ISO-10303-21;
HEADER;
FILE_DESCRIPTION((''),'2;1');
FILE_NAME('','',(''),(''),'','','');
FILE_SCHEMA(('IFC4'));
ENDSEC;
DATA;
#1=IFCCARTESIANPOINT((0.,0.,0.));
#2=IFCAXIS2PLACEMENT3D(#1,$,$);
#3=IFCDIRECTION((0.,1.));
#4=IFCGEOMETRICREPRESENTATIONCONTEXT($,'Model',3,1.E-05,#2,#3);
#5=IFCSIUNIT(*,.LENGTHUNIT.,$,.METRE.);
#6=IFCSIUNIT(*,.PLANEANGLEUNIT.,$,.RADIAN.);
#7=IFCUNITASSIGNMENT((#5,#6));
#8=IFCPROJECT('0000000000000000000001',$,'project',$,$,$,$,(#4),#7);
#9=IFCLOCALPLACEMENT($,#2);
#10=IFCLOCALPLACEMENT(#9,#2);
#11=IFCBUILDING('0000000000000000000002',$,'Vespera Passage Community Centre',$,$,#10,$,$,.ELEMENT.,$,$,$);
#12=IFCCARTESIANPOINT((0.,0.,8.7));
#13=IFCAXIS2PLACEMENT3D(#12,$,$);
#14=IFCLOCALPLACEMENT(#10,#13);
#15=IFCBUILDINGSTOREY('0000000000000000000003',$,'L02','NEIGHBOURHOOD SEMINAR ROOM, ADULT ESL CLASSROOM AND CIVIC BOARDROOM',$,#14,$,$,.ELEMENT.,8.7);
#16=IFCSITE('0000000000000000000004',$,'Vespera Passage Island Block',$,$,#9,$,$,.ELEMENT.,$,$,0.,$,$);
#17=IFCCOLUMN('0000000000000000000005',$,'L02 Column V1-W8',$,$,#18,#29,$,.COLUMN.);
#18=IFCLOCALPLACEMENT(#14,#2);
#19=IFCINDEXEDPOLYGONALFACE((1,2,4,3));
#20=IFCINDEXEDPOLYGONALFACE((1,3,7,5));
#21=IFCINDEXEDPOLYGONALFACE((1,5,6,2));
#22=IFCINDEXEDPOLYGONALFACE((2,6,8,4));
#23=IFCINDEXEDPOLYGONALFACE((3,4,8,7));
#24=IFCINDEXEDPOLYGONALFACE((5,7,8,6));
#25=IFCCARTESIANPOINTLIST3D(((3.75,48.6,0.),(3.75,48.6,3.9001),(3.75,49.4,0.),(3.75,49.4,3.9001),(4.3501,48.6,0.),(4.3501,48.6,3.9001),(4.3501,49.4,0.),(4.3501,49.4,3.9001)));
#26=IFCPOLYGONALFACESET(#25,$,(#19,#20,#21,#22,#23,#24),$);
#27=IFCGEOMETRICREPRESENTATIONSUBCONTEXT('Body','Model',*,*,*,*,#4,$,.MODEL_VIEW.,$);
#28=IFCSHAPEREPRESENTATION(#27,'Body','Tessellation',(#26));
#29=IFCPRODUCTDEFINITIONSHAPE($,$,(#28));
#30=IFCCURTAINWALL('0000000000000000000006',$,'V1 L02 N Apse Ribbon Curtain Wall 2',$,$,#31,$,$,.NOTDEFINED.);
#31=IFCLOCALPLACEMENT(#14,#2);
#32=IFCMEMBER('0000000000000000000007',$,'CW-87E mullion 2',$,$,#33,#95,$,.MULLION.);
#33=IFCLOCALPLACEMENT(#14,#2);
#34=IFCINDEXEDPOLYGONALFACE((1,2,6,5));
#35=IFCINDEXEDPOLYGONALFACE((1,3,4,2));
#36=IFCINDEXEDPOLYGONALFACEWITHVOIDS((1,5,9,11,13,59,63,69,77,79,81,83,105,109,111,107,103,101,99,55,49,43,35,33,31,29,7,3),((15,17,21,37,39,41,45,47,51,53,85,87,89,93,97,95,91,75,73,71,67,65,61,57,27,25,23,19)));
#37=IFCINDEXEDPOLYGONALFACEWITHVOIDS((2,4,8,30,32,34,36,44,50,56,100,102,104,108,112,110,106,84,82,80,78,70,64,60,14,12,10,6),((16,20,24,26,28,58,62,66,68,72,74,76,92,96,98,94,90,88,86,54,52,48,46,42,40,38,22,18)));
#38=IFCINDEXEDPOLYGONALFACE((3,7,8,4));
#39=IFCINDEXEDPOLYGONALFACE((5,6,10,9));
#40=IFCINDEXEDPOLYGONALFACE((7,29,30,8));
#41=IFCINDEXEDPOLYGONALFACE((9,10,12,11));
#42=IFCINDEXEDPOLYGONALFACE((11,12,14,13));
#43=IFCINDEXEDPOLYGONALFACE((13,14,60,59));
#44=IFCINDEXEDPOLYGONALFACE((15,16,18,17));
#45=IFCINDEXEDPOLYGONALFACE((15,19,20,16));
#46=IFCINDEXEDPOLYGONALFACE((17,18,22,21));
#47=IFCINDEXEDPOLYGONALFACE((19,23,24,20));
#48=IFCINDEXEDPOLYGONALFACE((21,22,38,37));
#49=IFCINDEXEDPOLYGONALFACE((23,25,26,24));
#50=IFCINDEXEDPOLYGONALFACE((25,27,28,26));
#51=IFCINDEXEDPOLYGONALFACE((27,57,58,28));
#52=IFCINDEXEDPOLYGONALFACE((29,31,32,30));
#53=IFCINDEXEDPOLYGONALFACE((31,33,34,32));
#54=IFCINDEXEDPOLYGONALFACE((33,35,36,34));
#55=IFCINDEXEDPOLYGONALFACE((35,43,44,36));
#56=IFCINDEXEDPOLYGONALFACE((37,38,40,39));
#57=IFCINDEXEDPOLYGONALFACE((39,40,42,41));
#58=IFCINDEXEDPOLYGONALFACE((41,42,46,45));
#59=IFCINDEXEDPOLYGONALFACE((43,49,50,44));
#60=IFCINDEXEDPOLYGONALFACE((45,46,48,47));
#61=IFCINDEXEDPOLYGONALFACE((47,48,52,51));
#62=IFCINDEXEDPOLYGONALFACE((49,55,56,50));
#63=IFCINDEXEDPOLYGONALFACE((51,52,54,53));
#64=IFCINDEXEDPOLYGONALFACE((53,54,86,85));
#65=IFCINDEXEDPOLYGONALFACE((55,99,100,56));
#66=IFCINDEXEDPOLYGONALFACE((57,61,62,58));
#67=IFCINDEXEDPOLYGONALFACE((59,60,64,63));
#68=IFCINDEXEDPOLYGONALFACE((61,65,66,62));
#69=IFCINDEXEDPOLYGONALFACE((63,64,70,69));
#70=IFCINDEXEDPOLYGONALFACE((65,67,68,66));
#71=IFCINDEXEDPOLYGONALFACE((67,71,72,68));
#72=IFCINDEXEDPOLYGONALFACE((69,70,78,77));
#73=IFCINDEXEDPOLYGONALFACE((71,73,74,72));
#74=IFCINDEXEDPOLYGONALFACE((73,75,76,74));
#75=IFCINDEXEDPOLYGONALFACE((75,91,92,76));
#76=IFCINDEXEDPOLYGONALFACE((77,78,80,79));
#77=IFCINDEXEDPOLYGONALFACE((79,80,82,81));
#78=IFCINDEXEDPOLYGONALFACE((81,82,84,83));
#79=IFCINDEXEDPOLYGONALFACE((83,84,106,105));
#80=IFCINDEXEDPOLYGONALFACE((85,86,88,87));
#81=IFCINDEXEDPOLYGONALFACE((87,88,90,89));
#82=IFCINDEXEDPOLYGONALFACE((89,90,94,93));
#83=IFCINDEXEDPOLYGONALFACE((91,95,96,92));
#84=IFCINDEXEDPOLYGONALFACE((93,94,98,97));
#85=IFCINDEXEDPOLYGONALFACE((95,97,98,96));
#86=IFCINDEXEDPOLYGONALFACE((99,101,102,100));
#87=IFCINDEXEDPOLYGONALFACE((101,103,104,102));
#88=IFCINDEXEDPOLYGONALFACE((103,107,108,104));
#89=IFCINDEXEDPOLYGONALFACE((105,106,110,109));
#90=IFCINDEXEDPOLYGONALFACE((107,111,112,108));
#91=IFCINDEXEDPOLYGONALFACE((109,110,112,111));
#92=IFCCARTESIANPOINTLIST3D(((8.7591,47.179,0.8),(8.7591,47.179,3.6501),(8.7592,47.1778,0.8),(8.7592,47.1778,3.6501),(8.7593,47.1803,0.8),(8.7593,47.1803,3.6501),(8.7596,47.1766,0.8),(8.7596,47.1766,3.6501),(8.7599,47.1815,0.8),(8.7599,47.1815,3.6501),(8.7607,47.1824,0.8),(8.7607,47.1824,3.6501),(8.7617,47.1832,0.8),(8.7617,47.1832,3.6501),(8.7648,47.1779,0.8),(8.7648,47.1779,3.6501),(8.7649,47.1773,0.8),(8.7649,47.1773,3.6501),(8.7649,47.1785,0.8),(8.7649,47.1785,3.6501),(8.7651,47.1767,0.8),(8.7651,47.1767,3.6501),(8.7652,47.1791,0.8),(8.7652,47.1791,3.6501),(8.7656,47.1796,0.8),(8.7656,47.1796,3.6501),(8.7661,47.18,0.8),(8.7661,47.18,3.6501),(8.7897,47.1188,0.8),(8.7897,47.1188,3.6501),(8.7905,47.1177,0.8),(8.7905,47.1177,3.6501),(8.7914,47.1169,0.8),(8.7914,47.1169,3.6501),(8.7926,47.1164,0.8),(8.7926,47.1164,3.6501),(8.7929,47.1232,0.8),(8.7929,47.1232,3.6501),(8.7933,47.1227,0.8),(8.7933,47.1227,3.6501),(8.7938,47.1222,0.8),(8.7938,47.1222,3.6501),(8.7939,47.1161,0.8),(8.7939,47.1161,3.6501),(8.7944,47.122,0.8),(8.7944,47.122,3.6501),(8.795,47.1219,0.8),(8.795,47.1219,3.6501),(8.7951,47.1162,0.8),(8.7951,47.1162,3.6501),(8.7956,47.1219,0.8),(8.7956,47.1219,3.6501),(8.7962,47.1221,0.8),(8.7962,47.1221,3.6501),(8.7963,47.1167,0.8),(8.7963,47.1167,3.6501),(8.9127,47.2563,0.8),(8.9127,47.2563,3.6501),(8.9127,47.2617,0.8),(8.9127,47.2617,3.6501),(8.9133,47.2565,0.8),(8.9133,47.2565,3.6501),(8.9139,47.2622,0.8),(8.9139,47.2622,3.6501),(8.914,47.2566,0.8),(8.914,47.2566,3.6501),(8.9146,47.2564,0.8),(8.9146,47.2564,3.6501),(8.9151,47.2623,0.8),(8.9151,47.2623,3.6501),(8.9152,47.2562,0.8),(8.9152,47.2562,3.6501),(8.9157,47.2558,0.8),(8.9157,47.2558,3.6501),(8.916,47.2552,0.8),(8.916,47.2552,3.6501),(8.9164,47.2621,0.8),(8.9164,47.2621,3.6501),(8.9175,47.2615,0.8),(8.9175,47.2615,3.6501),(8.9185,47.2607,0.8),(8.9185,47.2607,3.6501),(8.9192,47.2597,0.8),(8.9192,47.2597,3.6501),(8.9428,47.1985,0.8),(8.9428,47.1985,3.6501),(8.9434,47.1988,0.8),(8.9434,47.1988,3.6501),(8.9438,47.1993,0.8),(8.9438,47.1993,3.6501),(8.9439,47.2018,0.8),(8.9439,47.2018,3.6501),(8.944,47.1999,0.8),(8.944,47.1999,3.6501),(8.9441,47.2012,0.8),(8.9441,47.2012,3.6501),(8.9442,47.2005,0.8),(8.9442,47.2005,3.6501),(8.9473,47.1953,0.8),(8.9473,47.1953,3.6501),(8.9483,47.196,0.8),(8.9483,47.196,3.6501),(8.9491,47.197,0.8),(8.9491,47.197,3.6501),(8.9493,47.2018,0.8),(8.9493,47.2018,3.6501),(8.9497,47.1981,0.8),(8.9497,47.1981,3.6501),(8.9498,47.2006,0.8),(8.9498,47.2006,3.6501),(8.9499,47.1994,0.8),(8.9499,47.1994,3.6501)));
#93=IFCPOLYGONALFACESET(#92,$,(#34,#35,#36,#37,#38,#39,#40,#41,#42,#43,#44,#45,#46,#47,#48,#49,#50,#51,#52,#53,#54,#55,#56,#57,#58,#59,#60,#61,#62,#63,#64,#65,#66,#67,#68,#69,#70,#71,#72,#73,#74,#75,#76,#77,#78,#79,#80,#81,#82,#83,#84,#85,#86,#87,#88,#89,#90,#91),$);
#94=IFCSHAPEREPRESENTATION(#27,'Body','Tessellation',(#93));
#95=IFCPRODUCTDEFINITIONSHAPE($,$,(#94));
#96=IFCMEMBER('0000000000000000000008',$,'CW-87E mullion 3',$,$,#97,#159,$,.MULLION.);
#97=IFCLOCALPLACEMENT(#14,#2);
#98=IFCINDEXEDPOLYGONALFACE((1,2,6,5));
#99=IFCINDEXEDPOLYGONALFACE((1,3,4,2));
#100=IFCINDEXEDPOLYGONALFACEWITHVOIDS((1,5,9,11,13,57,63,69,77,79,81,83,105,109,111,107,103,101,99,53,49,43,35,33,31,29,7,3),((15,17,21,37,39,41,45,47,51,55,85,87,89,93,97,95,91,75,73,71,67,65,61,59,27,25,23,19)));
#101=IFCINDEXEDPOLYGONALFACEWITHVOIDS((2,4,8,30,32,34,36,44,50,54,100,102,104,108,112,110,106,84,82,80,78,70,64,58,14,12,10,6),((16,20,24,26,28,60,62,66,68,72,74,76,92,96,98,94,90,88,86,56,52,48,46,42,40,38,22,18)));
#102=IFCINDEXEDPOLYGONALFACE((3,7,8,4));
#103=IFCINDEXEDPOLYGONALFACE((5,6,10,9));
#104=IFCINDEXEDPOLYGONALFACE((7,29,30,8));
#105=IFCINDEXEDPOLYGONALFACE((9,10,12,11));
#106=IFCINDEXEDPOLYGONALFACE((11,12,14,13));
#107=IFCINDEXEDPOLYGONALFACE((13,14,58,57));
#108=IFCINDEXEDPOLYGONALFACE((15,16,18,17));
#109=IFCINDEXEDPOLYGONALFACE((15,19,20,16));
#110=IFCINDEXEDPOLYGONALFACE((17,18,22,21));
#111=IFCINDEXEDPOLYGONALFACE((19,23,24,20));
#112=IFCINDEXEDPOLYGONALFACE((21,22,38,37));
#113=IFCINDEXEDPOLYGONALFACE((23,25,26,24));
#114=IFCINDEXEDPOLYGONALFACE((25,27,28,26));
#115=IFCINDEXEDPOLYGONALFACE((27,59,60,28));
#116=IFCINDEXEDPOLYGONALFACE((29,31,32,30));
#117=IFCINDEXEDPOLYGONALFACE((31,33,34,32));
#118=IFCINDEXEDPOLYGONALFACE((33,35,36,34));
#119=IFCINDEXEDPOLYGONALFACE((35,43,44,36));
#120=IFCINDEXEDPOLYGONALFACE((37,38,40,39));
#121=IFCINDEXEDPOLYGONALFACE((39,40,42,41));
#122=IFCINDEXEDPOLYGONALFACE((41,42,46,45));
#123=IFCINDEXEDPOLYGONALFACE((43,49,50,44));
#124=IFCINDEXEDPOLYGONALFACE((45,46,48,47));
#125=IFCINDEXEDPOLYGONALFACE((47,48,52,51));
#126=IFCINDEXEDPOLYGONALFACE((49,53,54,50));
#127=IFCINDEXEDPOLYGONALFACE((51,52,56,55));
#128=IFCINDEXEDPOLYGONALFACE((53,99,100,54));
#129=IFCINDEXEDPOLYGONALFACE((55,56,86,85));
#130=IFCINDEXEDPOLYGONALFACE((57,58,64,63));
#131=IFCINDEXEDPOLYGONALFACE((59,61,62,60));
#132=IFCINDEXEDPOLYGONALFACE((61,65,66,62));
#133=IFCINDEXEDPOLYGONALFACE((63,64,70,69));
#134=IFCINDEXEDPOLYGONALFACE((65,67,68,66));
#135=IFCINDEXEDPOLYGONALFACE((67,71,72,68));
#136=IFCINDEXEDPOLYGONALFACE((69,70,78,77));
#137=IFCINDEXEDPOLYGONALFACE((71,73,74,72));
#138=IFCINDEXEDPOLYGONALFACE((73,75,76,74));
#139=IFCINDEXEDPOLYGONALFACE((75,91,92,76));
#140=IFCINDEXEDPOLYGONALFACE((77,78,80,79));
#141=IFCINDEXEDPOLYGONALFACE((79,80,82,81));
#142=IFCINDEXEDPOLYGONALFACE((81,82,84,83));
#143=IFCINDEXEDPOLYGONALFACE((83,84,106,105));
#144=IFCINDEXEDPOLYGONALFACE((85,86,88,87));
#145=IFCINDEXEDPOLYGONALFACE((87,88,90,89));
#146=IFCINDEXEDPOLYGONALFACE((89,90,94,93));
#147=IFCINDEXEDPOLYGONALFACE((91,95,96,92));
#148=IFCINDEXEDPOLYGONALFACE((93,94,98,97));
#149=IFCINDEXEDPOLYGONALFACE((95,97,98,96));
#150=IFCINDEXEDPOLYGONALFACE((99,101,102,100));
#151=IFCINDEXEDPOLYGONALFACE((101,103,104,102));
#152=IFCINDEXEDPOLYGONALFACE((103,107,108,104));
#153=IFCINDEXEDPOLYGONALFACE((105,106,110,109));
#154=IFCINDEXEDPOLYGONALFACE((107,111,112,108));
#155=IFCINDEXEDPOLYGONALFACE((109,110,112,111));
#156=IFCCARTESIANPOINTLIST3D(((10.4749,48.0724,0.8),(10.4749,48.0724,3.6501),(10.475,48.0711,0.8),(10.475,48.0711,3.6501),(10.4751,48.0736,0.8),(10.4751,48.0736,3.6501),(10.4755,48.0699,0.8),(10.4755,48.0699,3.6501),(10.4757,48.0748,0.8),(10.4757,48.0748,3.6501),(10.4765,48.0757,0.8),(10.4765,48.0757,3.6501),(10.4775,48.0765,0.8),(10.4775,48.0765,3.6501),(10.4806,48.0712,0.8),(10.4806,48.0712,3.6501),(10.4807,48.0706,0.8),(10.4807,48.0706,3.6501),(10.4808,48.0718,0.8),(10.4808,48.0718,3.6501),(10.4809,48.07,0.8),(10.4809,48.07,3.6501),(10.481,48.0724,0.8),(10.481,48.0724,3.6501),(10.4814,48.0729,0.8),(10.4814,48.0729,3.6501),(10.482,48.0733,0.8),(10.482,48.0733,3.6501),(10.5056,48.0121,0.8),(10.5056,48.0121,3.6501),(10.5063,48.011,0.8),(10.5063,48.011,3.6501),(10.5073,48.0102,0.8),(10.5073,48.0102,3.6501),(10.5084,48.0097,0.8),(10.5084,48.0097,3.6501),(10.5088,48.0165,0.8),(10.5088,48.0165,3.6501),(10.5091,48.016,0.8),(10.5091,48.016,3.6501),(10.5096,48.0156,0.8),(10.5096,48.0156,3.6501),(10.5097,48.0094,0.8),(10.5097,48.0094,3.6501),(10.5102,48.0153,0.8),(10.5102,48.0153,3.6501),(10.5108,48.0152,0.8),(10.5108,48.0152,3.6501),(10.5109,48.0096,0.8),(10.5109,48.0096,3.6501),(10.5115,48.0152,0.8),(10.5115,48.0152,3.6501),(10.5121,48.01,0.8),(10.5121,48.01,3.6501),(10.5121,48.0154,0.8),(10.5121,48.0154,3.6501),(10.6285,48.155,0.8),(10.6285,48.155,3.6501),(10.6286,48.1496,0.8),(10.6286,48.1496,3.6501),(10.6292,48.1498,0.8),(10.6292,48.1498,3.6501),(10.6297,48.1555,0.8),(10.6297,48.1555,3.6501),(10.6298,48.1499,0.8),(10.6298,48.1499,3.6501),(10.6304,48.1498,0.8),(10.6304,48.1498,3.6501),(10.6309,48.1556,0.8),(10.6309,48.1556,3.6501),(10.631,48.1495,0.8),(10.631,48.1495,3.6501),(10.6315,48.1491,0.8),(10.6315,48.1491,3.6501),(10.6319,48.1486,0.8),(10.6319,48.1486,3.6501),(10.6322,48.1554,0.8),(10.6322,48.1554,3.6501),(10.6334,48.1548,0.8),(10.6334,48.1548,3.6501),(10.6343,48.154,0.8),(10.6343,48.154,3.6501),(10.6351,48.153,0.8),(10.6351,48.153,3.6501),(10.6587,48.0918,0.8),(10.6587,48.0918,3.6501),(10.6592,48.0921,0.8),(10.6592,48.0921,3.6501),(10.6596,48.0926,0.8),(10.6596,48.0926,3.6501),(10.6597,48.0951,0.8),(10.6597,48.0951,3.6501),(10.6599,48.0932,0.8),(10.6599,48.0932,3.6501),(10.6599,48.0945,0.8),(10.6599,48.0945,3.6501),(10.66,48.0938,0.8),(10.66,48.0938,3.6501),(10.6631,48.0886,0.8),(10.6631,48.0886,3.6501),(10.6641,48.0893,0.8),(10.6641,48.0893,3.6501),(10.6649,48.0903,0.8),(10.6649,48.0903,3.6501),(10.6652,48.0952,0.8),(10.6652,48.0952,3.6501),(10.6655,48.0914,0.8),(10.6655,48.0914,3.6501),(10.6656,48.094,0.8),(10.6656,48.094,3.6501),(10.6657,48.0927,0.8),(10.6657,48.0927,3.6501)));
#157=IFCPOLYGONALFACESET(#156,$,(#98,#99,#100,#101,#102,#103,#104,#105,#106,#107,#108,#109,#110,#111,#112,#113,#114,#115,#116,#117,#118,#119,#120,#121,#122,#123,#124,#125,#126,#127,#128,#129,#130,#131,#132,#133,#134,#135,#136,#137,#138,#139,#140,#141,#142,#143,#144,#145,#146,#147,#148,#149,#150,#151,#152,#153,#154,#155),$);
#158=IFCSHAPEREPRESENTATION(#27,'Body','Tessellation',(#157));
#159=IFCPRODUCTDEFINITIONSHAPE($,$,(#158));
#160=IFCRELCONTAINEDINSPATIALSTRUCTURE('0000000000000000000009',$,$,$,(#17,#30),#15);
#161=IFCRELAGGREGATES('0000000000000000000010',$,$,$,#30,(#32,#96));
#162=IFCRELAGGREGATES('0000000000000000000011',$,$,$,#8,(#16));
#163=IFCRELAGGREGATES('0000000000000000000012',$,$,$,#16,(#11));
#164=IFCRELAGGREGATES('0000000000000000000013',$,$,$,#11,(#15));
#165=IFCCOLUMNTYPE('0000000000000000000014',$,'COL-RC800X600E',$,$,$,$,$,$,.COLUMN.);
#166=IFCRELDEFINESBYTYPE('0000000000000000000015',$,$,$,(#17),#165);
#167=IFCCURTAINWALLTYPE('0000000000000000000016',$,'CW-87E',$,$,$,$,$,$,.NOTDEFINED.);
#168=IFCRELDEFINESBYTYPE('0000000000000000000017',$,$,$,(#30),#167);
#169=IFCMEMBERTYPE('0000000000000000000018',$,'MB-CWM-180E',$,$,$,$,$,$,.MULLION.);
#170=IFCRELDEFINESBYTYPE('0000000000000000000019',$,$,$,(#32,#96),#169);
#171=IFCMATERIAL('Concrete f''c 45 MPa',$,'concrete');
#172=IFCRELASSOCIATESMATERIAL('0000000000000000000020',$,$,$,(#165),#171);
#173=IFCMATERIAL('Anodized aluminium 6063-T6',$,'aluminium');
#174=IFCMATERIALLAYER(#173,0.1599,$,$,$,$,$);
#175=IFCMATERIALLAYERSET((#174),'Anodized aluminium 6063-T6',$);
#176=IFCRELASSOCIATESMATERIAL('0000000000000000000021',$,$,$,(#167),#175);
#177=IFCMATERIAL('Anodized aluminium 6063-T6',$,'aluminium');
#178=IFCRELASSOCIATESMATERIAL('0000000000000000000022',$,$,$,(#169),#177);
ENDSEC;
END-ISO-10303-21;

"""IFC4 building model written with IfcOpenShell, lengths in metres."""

from ifc_helpers import new_model, si_unit, direction, frame, origin, origin_2d, place, context, subcontext, project, spatial, rectangle, hollow_rectangle, extrude, material, layer, layer_set, material_profile, profile_set, type_object, element, aggregate, save


model = new_model("IFC4")

# Units and contexts
model_context = context("Model", 3, precision=1e-05, world=origin(), true_north=direction((0.0, 1.0)))
body_context = subcontext(model_context, "Body", "Model", "MODEL_VIEW")
ifc_project = project(units=[si_unit("LENGTHUNIT", "METRE"), si_unit("PLANEANGLEUNIT", "RADIAN")], contexts=[model_context])

# Site, building, storey
site_placement = place(None, origin())
site = spatial("IfcSite", under=ifc_project, at=site_placement, Name="Vespera Passage Island Block", CompositionType="ELEMENT", RefElevation=0.0)
building_placement = place(site_placement, origin())
building = spatial("IfcBuilding", under=site, at=building_placement, Name="Vespera Passage Community Centre", CompositionType="ELEMENT")
storey_placement = place(building_placement, frame((0.0, 0.0, 8.7)))
storey = spatial("IfcBuildingStorey", under=building, at=storey_placement, Name="L02", Description="NEIGHBOURHOOD SEMINAR ROOM, ADULT ESL CLASSROOM AND CIVIC BOARDROOM", CompositionType="ELEMENT", Elevation=8.7)

# Column
ifc_material_1 = material(Name="Concrete f'c 45 MPa", Category="concrete")
ifc_material_profile_1 = material_profile(ifc_material_1, rectangle(XDim=0.6001, YDim=0.8, at=origin_2d()), Name="RC800X600")
ifc_profile_set_1 = profile_set([ifc_material_profile_1], Name="Concrete f'c 45 MPa")
column_type = type_object("IfcColumnType", Name="COL-RC800X600E", PredefinedType="COLUMN", material=ifc_profile_set_1)
column_placement = place(storey_placement, frame((4.05, 49.0, 0.0), z_axis=(0.0, 0.0, 1.0), x_axis=(1.0, 0.0, 0.0)))
element("IfcColumn", 1, at=column_placement, inside=storey, type_object=column_type, Name="L02 Column V1-W8", PredefinedType="COLUMN", context=body_context, shape_type="SweptSolid", body=[
    extrude(rectangle(XDim=0.6001, YDim=0.8, at=origin_2d()), origin(), (0.0, 0.0, 1.0), 3.9001),
])

# Curtain wall, members
ifc_material_2 = material(Name="Anodized aluminium 6063-T6", Category="aluminium")
ifc_layer_1 = layer(ifc_material_2, 0.1599)
ifc_layer_set_1 = layer_set([ifc_layer_1], Name="Anodized aluminium 6063-T6")
curtain_wall_type = type_object("IfcCurtainWallType", Name="CW-87E", PredefinedType="NOTDEFINED", material=ifc_layer_set_1)
curtain_wall_placement = place(storey_placement, origin())
curtain_wall = element("IfcCurtainWall", 2, at=curtain_wall_placement, inside=storey, type_object=curtain_wall_type, Name="V1 L02 N Apse Ribbon Curtain Wall 2", PredefinedType="NOTDEFINED")
ifc_material_3 = material(Name="Anodized aluminium 6063-T6", Category="aluminium")
ifc_material_profile_2 = material_profile(ifc_material_3, hollow_rectangle(XDim=0.075, YDim=0.1799, WallThickness=0.0049, InnerFilletRadius=0.0024, OuterFilletRadius=0.0049, at=origin_2d()), Name="ALU180X75X5")
ifc_profile_set_2 = profile_set([ifc_material_profile_2], Name="Anodized aluminium 6063-T6")
member_type_1 = type_object("IfcMemberType", Name="MB-CWM-180E", PredefinedType="MULLION", material=ifc_profile_set_2)
member_1_placement = place(storey_placement, frame((8.8545, 47.1892, 0.8), z_axis=(0.0, 0.0, 1.0), x_axis=(-0.461745, 0.887013, 0.0)))
member_1 = element("IfcMember", 3, at=member_1_placement, type_object=member_type_1, Name="CW-87E mullion 2", PredefinedType="MULLION", context=body_context, shape_type="SweptSolid", body=[
    extrude(hollow_rectangle(XDim=0.075, YDim=0.1799, WallThickness=0.0049, InnerFilletRadius=0.0024, OuterFilletRadius=0.0049, at=origin_2d()), origin(), (0.0, 0.0, 1.0), 2.8501),
])
member_2_placement = place(storey_placement, frame((10.5703, 48.0825, 0.8), z_axis=(0.0, 0.0, 1.0), x_axis=(-0.461745, 0.887013, 0.0)))
member_2 = element("IfcMember", 4, at=member_2_placement, type_object=member_type_1, Name="CW-87E mullion 3", PredefinedType="MULLION", context=body_context, shape_type="SweptSolid", body=[
    extrude(hollow_rectangle(XDim=0.075, YDim=0.1799, WallThickness=0.0049, InnerFilletRadius=0.0024, OuterFilletRadius=0.0049, at=origin_2d()), origin(), (0.0, 0.0, 1.0), 2.8501),
])
aggregate(curtain_wall, [member_1, member_2])

save(model, "model.ifc")
